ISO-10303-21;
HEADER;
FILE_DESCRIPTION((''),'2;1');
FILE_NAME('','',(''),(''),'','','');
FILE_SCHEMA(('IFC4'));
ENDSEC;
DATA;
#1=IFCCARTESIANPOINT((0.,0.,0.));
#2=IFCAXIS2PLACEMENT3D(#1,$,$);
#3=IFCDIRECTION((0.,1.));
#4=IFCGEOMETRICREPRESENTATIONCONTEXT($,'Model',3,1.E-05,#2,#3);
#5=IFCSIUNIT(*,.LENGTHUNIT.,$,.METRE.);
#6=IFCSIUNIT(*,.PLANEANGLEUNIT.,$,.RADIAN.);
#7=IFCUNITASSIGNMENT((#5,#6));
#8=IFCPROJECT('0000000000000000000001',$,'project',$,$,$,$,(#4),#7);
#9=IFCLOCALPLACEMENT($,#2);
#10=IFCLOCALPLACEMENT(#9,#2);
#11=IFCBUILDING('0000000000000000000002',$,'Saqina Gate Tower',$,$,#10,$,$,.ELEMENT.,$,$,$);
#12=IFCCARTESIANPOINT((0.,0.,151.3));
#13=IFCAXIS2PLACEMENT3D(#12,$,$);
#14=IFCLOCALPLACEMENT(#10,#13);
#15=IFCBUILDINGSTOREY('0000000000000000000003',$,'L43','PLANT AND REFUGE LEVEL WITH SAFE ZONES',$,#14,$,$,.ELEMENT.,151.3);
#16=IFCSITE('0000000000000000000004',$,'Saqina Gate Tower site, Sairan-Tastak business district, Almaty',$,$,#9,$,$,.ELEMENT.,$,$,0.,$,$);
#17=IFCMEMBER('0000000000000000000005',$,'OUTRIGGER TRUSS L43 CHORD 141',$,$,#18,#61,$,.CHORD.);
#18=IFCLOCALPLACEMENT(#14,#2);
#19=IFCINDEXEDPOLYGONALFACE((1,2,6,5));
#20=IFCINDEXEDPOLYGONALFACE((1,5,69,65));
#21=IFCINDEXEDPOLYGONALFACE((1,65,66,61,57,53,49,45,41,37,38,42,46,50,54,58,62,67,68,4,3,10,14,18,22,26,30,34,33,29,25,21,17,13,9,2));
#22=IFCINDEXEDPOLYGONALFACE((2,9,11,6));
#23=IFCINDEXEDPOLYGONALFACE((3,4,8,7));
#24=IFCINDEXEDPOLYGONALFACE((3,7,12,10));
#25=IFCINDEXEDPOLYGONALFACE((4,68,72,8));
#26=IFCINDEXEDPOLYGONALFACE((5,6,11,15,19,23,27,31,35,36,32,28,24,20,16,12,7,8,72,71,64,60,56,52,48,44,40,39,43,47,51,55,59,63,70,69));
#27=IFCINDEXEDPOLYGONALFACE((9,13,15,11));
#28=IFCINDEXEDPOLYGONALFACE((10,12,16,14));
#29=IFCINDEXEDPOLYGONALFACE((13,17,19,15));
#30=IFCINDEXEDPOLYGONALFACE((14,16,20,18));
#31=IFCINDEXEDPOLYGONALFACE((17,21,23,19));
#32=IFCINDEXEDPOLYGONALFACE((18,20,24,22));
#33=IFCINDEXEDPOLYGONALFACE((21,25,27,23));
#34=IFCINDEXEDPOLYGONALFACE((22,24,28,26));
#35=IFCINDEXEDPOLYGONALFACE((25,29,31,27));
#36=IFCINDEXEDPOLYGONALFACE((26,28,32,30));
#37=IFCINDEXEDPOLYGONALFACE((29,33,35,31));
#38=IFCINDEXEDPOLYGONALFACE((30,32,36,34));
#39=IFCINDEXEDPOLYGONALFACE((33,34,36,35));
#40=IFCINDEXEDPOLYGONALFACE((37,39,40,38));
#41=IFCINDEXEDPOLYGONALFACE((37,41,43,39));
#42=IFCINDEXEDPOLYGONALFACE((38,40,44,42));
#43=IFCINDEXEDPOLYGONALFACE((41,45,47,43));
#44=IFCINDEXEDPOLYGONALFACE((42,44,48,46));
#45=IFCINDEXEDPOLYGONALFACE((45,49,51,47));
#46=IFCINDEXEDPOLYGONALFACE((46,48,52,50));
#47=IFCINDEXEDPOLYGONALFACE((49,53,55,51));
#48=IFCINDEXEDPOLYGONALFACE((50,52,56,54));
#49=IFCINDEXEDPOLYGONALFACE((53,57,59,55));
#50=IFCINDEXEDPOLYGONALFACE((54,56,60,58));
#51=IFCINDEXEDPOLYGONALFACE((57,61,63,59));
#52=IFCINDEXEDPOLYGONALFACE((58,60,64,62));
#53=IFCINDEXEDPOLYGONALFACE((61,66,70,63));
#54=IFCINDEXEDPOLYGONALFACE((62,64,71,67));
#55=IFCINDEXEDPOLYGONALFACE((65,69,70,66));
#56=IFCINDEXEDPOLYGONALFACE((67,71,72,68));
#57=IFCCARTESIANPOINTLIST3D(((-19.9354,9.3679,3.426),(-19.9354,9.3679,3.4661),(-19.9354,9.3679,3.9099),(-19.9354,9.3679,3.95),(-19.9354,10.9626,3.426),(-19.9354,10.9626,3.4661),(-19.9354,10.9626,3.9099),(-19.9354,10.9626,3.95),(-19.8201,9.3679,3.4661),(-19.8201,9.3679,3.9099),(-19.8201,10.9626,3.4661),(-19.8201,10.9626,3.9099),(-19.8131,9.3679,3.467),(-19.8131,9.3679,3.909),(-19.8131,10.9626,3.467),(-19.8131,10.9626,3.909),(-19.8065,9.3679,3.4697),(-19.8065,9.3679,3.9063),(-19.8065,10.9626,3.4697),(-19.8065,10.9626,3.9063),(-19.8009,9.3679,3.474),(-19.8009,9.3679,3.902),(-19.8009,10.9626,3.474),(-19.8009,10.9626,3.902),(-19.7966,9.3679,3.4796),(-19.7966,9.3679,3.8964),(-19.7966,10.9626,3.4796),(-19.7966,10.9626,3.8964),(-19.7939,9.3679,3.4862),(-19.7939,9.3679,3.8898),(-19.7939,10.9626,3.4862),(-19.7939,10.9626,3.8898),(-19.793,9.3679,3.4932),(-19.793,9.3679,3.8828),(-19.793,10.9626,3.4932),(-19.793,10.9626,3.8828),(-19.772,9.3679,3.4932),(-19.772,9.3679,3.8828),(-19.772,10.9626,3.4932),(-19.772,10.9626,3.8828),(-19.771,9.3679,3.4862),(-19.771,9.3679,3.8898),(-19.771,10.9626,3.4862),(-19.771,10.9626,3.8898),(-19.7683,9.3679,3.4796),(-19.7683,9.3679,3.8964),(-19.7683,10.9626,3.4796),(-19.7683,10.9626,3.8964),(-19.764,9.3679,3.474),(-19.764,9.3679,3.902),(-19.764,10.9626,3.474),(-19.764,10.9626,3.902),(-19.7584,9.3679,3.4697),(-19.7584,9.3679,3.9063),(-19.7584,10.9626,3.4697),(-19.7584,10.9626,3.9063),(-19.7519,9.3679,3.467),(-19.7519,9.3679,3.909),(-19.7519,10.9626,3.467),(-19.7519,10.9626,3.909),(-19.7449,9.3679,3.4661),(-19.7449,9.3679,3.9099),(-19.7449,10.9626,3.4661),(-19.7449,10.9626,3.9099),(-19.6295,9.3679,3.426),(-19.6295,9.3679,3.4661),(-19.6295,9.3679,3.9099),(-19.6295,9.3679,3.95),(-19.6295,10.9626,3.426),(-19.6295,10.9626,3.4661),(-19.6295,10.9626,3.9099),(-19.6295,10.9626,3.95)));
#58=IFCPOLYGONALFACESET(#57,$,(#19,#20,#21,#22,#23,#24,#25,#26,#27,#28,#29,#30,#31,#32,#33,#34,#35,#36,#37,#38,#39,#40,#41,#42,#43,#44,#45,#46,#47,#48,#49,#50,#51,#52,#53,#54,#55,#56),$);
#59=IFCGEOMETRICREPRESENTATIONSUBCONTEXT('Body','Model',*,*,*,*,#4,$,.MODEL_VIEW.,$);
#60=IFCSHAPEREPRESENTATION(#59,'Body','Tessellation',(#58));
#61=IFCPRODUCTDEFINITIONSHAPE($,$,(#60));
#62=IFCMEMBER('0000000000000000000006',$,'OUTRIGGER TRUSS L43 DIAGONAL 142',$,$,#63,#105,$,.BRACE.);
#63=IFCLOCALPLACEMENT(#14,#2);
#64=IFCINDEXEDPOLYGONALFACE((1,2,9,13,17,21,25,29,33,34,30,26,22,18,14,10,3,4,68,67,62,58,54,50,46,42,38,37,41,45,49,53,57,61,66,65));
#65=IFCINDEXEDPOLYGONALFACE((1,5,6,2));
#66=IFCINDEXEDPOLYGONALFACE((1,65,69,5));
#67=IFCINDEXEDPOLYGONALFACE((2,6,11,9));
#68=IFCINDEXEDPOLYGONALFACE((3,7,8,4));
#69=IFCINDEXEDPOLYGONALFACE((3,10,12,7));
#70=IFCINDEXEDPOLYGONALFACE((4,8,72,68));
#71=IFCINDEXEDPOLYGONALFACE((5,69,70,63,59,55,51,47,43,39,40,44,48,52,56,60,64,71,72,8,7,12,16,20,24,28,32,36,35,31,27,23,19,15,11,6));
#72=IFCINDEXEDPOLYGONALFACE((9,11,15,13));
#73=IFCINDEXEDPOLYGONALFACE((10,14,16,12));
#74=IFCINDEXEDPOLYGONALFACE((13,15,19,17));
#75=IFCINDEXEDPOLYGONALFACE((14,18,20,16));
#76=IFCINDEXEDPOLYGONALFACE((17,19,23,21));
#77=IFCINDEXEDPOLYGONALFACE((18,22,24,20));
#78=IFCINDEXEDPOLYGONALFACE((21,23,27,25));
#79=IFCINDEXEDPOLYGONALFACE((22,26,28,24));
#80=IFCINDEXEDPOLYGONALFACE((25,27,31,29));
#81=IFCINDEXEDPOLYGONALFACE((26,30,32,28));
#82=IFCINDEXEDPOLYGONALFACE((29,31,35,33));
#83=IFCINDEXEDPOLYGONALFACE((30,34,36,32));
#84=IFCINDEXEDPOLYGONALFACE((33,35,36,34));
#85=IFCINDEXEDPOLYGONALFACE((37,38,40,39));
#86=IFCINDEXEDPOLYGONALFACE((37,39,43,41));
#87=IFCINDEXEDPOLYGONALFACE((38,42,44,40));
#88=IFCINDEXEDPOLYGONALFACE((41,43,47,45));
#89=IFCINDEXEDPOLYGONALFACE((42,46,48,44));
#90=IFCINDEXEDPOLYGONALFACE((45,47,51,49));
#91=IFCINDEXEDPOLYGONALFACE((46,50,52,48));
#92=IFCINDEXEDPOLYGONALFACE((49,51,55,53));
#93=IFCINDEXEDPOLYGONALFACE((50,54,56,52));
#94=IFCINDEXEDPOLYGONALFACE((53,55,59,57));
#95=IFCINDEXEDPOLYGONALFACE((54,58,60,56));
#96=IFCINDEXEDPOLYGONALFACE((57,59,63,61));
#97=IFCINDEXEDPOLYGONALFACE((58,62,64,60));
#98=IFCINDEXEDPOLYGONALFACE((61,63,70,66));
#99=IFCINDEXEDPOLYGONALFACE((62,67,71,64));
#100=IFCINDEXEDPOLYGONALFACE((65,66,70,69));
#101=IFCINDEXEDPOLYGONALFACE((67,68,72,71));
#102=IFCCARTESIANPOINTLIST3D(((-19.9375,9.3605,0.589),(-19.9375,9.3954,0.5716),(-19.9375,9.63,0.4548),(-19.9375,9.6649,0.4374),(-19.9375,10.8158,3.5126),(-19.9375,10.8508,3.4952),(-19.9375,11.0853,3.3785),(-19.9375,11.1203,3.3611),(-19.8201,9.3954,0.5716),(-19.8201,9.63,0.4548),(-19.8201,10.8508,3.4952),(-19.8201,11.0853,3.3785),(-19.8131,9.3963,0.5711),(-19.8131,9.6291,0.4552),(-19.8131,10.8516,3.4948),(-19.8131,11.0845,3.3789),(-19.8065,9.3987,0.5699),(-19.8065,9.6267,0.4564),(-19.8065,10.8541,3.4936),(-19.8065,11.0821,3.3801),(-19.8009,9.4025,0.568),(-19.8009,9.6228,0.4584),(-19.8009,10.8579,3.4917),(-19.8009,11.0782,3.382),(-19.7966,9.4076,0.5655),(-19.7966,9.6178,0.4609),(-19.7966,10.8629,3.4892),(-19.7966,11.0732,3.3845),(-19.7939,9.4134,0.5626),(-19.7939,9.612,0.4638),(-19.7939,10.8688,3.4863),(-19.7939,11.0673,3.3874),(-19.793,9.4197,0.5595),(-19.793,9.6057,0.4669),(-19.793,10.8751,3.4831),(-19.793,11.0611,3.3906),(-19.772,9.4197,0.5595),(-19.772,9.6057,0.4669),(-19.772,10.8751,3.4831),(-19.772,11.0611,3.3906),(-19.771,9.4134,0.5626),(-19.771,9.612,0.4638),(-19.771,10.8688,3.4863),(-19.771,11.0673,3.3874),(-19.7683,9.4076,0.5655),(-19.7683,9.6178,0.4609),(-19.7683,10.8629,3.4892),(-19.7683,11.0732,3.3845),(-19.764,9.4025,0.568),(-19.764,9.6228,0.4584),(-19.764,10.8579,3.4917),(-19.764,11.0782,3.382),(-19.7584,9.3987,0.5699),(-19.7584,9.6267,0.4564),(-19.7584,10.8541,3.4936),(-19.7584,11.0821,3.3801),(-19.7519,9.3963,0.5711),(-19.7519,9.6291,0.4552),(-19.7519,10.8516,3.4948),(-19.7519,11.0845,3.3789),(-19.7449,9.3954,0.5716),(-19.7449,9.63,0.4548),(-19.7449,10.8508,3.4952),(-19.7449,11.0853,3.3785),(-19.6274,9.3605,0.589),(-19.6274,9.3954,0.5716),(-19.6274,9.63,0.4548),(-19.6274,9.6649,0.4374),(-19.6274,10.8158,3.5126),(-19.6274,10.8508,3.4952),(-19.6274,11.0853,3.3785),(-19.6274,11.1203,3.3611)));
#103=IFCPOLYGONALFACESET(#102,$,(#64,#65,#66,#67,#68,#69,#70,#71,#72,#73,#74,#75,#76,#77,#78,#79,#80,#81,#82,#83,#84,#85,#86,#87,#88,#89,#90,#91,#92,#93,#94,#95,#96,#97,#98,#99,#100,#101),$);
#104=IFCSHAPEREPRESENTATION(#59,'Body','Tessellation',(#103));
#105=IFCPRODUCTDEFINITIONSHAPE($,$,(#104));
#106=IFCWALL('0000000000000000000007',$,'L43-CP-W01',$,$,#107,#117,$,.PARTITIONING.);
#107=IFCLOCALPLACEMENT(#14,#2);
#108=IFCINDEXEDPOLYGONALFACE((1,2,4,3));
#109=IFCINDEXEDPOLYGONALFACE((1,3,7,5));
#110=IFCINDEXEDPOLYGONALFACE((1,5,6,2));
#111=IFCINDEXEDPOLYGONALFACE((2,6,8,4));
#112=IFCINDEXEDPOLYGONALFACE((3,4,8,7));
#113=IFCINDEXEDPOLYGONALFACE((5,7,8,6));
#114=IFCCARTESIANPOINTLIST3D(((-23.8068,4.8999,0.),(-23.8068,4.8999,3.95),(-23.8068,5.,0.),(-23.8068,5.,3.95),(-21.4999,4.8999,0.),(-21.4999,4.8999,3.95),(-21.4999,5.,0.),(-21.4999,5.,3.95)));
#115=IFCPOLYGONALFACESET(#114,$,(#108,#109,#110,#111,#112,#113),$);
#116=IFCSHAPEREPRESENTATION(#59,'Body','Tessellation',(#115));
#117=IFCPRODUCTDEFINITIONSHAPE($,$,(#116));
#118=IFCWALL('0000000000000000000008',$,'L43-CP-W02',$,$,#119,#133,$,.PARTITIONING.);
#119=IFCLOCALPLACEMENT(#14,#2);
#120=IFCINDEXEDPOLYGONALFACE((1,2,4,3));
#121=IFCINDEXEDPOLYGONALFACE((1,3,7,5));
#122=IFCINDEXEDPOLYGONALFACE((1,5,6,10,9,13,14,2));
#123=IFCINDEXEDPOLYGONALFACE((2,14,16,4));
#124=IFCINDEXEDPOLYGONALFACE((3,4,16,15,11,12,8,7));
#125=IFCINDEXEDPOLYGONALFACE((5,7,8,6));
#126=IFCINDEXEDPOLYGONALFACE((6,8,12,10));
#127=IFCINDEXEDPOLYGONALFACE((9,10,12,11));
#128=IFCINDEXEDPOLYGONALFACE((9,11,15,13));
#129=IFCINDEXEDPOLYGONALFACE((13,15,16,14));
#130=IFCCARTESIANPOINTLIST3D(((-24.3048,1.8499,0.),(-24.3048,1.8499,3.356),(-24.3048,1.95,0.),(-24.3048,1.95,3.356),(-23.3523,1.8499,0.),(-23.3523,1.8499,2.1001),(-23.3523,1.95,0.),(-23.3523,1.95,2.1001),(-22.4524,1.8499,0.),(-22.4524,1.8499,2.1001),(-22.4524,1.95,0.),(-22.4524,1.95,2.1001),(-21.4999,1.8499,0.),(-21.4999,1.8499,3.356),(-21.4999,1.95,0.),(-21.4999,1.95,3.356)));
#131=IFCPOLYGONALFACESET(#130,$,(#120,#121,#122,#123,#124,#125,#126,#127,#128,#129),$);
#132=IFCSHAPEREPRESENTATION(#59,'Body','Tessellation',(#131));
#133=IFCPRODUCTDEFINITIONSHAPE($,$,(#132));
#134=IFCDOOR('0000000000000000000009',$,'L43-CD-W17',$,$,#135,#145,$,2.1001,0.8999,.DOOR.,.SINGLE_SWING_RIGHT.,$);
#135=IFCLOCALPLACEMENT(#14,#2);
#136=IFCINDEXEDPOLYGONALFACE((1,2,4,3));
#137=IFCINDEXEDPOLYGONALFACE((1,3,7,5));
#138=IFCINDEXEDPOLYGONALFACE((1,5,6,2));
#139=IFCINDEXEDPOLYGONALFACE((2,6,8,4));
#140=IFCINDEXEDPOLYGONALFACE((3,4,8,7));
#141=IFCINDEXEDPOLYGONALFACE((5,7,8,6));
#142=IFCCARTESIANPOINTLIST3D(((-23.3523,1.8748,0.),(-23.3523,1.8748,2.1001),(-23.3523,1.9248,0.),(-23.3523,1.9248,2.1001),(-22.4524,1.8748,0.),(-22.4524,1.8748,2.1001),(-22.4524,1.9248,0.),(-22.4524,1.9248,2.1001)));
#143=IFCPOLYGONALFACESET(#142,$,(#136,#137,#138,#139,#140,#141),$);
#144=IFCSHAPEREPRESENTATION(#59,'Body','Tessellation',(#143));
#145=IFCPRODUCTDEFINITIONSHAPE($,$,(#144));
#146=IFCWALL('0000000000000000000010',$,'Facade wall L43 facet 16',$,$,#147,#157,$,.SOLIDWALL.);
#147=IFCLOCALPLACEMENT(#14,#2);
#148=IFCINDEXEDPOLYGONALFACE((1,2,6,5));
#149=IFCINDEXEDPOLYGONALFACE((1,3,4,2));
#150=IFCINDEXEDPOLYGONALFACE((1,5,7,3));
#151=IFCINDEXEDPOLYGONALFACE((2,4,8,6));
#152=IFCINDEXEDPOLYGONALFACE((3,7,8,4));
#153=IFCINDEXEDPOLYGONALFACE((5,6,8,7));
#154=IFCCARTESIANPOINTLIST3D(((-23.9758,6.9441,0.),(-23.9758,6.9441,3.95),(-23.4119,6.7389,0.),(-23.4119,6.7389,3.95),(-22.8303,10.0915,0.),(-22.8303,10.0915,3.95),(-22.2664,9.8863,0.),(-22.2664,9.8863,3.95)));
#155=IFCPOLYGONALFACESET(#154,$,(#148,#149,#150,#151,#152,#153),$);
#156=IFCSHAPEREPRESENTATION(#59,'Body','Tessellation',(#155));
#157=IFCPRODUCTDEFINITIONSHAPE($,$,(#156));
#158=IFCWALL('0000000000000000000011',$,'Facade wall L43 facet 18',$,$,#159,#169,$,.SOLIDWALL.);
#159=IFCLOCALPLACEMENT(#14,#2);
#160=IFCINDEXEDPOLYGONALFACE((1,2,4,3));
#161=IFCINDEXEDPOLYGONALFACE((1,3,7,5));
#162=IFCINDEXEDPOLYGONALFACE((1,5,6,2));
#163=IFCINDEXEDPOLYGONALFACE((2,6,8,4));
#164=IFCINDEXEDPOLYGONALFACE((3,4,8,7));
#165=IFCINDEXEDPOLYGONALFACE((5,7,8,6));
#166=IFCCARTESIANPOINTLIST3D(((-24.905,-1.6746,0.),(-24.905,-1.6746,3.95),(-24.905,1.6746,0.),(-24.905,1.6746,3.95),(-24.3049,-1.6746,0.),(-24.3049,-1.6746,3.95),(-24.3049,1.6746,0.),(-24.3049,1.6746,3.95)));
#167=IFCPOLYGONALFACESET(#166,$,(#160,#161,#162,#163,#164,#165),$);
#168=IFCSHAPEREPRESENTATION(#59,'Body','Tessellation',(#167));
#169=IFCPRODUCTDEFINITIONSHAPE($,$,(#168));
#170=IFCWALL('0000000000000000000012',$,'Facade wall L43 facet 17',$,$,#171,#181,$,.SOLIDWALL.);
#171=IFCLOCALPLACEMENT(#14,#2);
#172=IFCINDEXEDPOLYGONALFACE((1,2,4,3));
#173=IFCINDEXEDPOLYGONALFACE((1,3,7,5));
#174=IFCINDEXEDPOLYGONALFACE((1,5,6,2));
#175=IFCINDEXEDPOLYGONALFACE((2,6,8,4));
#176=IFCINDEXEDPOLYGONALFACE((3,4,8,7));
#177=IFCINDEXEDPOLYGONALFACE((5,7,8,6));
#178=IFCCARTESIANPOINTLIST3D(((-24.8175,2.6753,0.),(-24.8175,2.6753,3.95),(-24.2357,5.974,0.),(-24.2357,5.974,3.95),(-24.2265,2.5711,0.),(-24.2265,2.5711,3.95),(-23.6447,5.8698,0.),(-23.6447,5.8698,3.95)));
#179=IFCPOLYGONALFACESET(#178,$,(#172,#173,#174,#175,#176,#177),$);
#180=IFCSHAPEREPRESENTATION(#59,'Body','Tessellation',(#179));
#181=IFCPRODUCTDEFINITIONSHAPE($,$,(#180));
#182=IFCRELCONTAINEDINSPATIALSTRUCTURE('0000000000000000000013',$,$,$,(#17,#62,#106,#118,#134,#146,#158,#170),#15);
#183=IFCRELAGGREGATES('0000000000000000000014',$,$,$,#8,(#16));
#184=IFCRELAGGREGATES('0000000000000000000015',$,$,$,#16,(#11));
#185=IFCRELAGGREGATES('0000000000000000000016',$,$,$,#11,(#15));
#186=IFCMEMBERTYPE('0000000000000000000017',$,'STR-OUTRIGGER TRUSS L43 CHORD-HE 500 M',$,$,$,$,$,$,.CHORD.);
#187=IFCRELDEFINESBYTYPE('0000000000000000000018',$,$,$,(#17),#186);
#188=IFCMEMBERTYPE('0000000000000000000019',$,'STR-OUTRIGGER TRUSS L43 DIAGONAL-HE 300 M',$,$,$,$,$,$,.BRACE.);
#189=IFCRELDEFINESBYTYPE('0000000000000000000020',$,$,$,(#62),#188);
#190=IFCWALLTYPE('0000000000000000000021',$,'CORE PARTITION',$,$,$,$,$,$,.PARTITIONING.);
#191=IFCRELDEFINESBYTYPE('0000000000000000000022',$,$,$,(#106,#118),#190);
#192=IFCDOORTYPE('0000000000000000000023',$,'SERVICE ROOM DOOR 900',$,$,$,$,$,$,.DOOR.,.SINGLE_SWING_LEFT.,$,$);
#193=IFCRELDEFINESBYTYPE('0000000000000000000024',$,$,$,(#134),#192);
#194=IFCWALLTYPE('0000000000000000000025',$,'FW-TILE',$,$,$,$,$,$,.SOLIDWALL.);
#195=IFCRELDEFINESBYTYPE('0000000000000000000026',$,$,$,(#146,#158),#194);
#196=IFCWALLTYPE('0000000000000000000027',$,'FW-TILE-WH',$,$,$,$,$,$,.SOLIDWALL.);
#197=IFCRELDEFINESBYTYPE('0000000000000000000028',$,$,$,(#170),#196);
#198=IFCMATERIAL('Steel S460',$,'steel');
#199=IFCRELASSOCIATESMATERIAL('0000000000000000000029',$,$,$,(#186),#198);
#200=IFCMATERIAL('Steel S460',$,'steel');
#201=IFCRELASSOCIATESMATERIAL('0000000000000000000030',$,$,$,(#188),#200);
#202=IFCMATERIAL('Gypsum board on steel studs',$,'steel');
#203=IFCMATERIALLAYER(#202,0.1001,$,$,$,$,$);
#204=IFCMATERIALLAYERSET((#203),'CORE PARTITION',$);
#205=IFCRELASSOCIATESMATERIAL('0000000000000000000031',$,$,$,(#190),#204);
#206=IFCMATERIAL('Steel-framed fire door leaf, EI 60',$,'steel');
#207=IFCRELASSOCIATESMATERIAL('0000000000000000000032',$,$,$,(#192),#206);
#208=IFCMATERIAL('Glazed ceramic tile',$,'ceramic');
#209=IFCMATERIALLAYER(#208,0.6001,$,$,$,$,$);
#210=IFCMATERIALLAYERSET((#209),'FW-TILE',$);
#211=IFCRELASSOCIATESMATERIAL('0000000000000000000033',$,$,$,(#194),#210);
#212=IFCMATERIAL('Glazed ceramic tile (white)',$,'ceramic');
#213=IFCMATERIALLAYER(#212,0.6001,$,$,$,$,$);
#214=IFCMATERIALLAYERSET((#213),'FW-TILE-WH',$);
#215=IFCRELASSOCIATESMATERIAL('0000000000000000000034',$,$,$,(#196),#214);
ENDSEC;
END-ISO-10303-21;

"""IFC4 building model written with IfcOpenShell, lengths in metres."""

from ifc_helpers import new_model, si_unit, direction, frame, frame_2d, origin, origin_2d, place, context, subcontext, project, spatial, rectangle, i_section, extrude, material, layer, layer_set, material_profile, profile_set, type_object, element, fill, save


model = new_model("IFC4")

# Units and contexts
model_context = context("Model", 3, precision=1e-05, world=origin(), true_north=direction((0.0, 1.0)))
body_context = subcontext(model_context, "Body", "Model", "MODEL_VIEW")
ifc_project = project(units=[si_unit("LENGTHUNIT", "METRE"), si_unit("PLANEANGLEUNIT", "RADIAN")], contexts=[model_context])

# Site, building, storey
site_placement = place(None, origin())
site = spatial("IfcSite", under=ifc_project, at=site_placement, Name="Saqina Gate Tower site, Sairan-Tastak business district, Almaty", CompositionType="ELEMENT", RefElevation=0.0)
building_placement = place(site_placement, origin())
building = spatial("IfcBuilding", under=site, at=building_placement, Name="Saqina Gate Tower", CompositionType="ELEMENT")
storey_placement = place(building_placement, frame((0.0, 0.0, 151.3)))
storey = spatial("IfcBuildingStorey", under=building, at=storey_placement, Name="L43", Description="PLANT AND REFUGE LEVEL WITH SAFE ZONES", CompositionType="ELEMENT", Elevation=151.3)

# Members
ifc_material_1 = material(Name="Steel S460", Category="steel")
ifc_material_profile_1 = material_profile(ifc_material_1, i_section(OverallWidth=0.3059, OverallDepth=0.5239, WebThickness=0.021, FlangeThickness=0.04, FilletRadius=0.0271, at=origin_2d()), Name="HE 500 M")
ifc_profile_set_1 = profile_set([ifc_material_profile_1], Name="Steel S460")
member_type_1 = type_object("IfcMemberType", Name="STR-OUTRIGGER TRUSS L43 CHORD-HE 500 M", PredefinedType="CHORD", material=ifc_profile_set_1)
for number, where, z_axis, x_axis, name in (
    (1, (-19.7825, 9.3679, 3.688), (0.0, 1.0, 0.0), (-1.0, 0.0, 0.0), "OUTRIGGER TRUSS L43 CHORD 141"),
):
    element("IfcMember", number, at=place(storey_placement, frame(where, z_axis=z_axis, x_axis=x_axis)), inside=storey, type_object=member_type_1, Name=name, PredefinedType="CHORD", context=body_context, shape_type="SweptSolid", body=[
        extrude(i_section(OverallWidth=0.3059, OverallDepth=0.5239, WebThickness=0.021, FlangeThickness=0.04, FilletRadius=0.0271, at=origin_2d()), origin(), (0.0, 0.0, 1.0), 1.5947),
    ])
ifc_material_2 = material(Name="Steel S460", Category="steel")
ifc_material_profile_2 = material_profile(ifc_material_2, i_section(OverallWidth=0.3101, OverallDepth=0.3401, WebThickness=0.021, FlangeThickness=0.0391, FilletRadius=0.0271, at=origin_2d()), Name="HE 300 M")
ifc_profile_set_2 = profile_set([ifc_material_profile_2], Name="Steel S460")
member_type_2 = type_object("IfcMemberType", Name="STR-OUTRIGGER TRUSS L43 DIAGONAL-HE 300 M", PredefinedType="BRACE", material=ifc_profile_set_2)
member_1_placement = place(storey_placement, frame((-19.7825, 9.5127, 0.5132), z_axis=(0.0, 0.445628, 0.895218), x_axis=(-1.0, 0.0, 0.0)))
element("IfcMember", 2, at=member_1_placement, inside=storey, type_object=member_type_2, Name="OUTRIGGER TRUSS L43 DIAGONAL 142", PredefinedType="BRACE", context=body_context, shape_type="SweptSolid", body=[
    extrude(i_section(OverallWidth=0.3101, OverallDepth=0.3401, WebThickness=0.021, FlangeThickness=0.0391, FilletRadius=0.0271, at=origin_2d()), origin(), (0.0, 0.0, 1.0), 3.2659),
])

# Wall
ifc_material_3 = material(Name="Gypsum board on steel studs", Category="steel")
ifc_layer_1 = layer(ifc_material_3, 0.1001)
ifc_layer_set_1 = layer_set([ifc_layer_1], Name="CORE PARTITION")
wall_type_1 = type_object("IfcWallType", Name="CORE PARTITION", PredefinedType="PARTITIONING", material=ifc_layer_set_1)
wall_1_placement = place(storey_placement, frame((-21.5, 4.95, 0.0), z_axis=(0.0, 0.0, 1.0), x_axis=(-1.0, 0.0, 0.0)))
element("IfcWall", 3, at=wall_1_placement, inside=storey, type_object=wall_type_1, Name="L43-CP-W01", PredefinedType="PARTITIONING", context=body_context, shape_type="SweptSolid", body=[
    extrude(rectangle(XDim=2.3069, YDim=0.1001, at=frame_2d((1.1533, 0.0))), origin(), (0.0, 0.0, 1.0), 3.95),
])

# Wall, opening, door
wall_2_placement = place(storey_placement, frame((-21.5, 1.8999, 0.0), z_axis=(0.0, 0.0, 1.0), x_axis=(-1.0, 0.0, 0.0)))
wall_2 = element("IfcWall", 4, at=wall_2_placement, inside=storey, type_object=wall_type_1, Name="L43-CP-W02", PredefinedType="PARTITIONING", context=body_context, shape_type="SweptSolid", body=[
    extrude(rectangle(XDim=2.8049, YDim=0.1001, at=frame_2d((1.4023, 0.0))), origin(), (0.0, 0.0, 1.0), 3.356),
])
opening_placement = place(wall_2_placement, frame((0.9524, 0.0, 0.0)))
opening = element("IfcOpeningElement", 5, at=opening_placement, cuts=wall_2, PredefinedType="OPENING", context=body_context, shape_type="SweptSolid", body=[
    extrude(rectangle(XDim=0.8999, YDim=2.1001, at=frame_2d((0.45, 1.05))), frame((0.0, 0.062, 0.0), z_axis=(0.0, -1.0, 0.0), x_axis=(1.0, 0.0, 0.0)), (0.0, 0.0, 1.0), 0.124),
])
ifc_material_4 = material(Name="Steel-framed fire door leaf, EI 60", Category="steel")
door_type = type_object("IfcDoorType", Name="SERVICE ROOM DOOR 900", OperationType="SINGLE_SWING_LEFT", PredefinedType="DOOR", material=ifc_material_4)
door_placement = place(opening_placement, frame((0.8999, 0.0, 0.0), z_axis=(0.0, 0.0, 1.0), x_axis=(-1.0, 0.0, 0.0)))
door = element("IfcDoor", 6, at=door_placement, inside=storey, type_object=door_type, Name="L43-CD-W17", OperationType="SINGLE_SWING_RIGHT", OverallHeight=2.1001, OverallWidth=0.8999, PredefinedType="DOOR", context=body_context, shape_type="SweptSolid", body=[
    extrude(rectangle(XDim=0.8999, YDim=2.1001, at=frame_2d((0.45, 1.05))), frame((0.0, 0.0249, 0.0), z_axis=(0.0, -1.0, 0.0), x_axis=(1.0, 0.0, 0.0)), (0.0, 0.0, 1.0), 0.05),
])
fill(opening, door)

# Walls
ifc_material_5 = material(Name="Glazed ceramic tile", Category="ceramic")
ifc_layer_2 = layer(ifc_material_5, 0.6001)
ifc_layer_set_2 = layer_set([ifc_layer_2], Name="FW-TILE")
wall_type_2 = type_object("IfcWallType", Name="FW-TILE", PredefinedType="SOLIDWALL", material=ifc_layer_set_2)
wall_3_placement = place(storey_placement, frame((-22.5483, 9.989, 0.0), z_axis=(0.0, 0.0, 1.0), x_axis=(-0.342001, -0.9397, 0.0)))
element("IfcWall", 7, at=wall_3_placement, inside=storey, type_object=wall_type_2, Name="Facade wall L43 facet 16", PredefinedType="SOLIDWALL", context=body_context, shape_type="SweptSolid", body=[
    extrude(rectangle(XDim=3.3494, YDim=0.6001, at=frame_2d((1.6748, 0.0))), origin(), (0.0, 0.0, 1.0), 3.95),
])
wall_4_placement = place(storey_placement, frame((-24.605, 1.6746, 0.0), z_axis=(0.0, 0.0, 1.0), x_axis=(0.0, -1.0, 0.0)))
element("IfcWall", 8, at=wall_4_placement, inside=storey, type_object=wall_type_2, Name="Facade wall L43 facet 18", PredefinedType="SOLIDWALL", context=body_context, shape_type="SweptSolid", body=[
    extrude(rectangle(XDim=3.3491, YDim=0.6001, at=frame_2d((1.6746, 0.0))), origin(), (0.0, 0.0, 1.0), 3.95),
])
ifc_material_6 = material(Name="Glazed ceramic tile (white)", Category="ceramic")
ifc_layer_3 = layer(ifc_material_6, 0.6001)
ifc_layer_set_3 = layer_set([ifc_layer_3], Name="FW-TILE-WH")
wall_type_3 = type_object("IfcWallType", Name="FW-TILE-WH", PredefinedType="SOLIDWALL", material=ifc_layer_set_3)
wall_5_placement = place(storey_placement, frame((-23.9402, 5.9219, 0.0), z_axis=(0.0, 0.0, 1.0), x_axis=(-0.173694, -0.9848, 0.0)))
element("IfcWall", 9, at=wall_5_placement, inside=storey, type_object=wall_type_3, Name="Facade wall L43 facet 17", PredefinedType="SOLIDWALL", context=body_context, shape_type="SweptSolid", body=[
    extrude(rectangle(XDim=3.3496, YDim=0.6001, at=frame_2d((1.6748, 0.0))), origin(), (0.0, 0.0, 1.0), 3.95),
])

save(model, "model.ifc")
